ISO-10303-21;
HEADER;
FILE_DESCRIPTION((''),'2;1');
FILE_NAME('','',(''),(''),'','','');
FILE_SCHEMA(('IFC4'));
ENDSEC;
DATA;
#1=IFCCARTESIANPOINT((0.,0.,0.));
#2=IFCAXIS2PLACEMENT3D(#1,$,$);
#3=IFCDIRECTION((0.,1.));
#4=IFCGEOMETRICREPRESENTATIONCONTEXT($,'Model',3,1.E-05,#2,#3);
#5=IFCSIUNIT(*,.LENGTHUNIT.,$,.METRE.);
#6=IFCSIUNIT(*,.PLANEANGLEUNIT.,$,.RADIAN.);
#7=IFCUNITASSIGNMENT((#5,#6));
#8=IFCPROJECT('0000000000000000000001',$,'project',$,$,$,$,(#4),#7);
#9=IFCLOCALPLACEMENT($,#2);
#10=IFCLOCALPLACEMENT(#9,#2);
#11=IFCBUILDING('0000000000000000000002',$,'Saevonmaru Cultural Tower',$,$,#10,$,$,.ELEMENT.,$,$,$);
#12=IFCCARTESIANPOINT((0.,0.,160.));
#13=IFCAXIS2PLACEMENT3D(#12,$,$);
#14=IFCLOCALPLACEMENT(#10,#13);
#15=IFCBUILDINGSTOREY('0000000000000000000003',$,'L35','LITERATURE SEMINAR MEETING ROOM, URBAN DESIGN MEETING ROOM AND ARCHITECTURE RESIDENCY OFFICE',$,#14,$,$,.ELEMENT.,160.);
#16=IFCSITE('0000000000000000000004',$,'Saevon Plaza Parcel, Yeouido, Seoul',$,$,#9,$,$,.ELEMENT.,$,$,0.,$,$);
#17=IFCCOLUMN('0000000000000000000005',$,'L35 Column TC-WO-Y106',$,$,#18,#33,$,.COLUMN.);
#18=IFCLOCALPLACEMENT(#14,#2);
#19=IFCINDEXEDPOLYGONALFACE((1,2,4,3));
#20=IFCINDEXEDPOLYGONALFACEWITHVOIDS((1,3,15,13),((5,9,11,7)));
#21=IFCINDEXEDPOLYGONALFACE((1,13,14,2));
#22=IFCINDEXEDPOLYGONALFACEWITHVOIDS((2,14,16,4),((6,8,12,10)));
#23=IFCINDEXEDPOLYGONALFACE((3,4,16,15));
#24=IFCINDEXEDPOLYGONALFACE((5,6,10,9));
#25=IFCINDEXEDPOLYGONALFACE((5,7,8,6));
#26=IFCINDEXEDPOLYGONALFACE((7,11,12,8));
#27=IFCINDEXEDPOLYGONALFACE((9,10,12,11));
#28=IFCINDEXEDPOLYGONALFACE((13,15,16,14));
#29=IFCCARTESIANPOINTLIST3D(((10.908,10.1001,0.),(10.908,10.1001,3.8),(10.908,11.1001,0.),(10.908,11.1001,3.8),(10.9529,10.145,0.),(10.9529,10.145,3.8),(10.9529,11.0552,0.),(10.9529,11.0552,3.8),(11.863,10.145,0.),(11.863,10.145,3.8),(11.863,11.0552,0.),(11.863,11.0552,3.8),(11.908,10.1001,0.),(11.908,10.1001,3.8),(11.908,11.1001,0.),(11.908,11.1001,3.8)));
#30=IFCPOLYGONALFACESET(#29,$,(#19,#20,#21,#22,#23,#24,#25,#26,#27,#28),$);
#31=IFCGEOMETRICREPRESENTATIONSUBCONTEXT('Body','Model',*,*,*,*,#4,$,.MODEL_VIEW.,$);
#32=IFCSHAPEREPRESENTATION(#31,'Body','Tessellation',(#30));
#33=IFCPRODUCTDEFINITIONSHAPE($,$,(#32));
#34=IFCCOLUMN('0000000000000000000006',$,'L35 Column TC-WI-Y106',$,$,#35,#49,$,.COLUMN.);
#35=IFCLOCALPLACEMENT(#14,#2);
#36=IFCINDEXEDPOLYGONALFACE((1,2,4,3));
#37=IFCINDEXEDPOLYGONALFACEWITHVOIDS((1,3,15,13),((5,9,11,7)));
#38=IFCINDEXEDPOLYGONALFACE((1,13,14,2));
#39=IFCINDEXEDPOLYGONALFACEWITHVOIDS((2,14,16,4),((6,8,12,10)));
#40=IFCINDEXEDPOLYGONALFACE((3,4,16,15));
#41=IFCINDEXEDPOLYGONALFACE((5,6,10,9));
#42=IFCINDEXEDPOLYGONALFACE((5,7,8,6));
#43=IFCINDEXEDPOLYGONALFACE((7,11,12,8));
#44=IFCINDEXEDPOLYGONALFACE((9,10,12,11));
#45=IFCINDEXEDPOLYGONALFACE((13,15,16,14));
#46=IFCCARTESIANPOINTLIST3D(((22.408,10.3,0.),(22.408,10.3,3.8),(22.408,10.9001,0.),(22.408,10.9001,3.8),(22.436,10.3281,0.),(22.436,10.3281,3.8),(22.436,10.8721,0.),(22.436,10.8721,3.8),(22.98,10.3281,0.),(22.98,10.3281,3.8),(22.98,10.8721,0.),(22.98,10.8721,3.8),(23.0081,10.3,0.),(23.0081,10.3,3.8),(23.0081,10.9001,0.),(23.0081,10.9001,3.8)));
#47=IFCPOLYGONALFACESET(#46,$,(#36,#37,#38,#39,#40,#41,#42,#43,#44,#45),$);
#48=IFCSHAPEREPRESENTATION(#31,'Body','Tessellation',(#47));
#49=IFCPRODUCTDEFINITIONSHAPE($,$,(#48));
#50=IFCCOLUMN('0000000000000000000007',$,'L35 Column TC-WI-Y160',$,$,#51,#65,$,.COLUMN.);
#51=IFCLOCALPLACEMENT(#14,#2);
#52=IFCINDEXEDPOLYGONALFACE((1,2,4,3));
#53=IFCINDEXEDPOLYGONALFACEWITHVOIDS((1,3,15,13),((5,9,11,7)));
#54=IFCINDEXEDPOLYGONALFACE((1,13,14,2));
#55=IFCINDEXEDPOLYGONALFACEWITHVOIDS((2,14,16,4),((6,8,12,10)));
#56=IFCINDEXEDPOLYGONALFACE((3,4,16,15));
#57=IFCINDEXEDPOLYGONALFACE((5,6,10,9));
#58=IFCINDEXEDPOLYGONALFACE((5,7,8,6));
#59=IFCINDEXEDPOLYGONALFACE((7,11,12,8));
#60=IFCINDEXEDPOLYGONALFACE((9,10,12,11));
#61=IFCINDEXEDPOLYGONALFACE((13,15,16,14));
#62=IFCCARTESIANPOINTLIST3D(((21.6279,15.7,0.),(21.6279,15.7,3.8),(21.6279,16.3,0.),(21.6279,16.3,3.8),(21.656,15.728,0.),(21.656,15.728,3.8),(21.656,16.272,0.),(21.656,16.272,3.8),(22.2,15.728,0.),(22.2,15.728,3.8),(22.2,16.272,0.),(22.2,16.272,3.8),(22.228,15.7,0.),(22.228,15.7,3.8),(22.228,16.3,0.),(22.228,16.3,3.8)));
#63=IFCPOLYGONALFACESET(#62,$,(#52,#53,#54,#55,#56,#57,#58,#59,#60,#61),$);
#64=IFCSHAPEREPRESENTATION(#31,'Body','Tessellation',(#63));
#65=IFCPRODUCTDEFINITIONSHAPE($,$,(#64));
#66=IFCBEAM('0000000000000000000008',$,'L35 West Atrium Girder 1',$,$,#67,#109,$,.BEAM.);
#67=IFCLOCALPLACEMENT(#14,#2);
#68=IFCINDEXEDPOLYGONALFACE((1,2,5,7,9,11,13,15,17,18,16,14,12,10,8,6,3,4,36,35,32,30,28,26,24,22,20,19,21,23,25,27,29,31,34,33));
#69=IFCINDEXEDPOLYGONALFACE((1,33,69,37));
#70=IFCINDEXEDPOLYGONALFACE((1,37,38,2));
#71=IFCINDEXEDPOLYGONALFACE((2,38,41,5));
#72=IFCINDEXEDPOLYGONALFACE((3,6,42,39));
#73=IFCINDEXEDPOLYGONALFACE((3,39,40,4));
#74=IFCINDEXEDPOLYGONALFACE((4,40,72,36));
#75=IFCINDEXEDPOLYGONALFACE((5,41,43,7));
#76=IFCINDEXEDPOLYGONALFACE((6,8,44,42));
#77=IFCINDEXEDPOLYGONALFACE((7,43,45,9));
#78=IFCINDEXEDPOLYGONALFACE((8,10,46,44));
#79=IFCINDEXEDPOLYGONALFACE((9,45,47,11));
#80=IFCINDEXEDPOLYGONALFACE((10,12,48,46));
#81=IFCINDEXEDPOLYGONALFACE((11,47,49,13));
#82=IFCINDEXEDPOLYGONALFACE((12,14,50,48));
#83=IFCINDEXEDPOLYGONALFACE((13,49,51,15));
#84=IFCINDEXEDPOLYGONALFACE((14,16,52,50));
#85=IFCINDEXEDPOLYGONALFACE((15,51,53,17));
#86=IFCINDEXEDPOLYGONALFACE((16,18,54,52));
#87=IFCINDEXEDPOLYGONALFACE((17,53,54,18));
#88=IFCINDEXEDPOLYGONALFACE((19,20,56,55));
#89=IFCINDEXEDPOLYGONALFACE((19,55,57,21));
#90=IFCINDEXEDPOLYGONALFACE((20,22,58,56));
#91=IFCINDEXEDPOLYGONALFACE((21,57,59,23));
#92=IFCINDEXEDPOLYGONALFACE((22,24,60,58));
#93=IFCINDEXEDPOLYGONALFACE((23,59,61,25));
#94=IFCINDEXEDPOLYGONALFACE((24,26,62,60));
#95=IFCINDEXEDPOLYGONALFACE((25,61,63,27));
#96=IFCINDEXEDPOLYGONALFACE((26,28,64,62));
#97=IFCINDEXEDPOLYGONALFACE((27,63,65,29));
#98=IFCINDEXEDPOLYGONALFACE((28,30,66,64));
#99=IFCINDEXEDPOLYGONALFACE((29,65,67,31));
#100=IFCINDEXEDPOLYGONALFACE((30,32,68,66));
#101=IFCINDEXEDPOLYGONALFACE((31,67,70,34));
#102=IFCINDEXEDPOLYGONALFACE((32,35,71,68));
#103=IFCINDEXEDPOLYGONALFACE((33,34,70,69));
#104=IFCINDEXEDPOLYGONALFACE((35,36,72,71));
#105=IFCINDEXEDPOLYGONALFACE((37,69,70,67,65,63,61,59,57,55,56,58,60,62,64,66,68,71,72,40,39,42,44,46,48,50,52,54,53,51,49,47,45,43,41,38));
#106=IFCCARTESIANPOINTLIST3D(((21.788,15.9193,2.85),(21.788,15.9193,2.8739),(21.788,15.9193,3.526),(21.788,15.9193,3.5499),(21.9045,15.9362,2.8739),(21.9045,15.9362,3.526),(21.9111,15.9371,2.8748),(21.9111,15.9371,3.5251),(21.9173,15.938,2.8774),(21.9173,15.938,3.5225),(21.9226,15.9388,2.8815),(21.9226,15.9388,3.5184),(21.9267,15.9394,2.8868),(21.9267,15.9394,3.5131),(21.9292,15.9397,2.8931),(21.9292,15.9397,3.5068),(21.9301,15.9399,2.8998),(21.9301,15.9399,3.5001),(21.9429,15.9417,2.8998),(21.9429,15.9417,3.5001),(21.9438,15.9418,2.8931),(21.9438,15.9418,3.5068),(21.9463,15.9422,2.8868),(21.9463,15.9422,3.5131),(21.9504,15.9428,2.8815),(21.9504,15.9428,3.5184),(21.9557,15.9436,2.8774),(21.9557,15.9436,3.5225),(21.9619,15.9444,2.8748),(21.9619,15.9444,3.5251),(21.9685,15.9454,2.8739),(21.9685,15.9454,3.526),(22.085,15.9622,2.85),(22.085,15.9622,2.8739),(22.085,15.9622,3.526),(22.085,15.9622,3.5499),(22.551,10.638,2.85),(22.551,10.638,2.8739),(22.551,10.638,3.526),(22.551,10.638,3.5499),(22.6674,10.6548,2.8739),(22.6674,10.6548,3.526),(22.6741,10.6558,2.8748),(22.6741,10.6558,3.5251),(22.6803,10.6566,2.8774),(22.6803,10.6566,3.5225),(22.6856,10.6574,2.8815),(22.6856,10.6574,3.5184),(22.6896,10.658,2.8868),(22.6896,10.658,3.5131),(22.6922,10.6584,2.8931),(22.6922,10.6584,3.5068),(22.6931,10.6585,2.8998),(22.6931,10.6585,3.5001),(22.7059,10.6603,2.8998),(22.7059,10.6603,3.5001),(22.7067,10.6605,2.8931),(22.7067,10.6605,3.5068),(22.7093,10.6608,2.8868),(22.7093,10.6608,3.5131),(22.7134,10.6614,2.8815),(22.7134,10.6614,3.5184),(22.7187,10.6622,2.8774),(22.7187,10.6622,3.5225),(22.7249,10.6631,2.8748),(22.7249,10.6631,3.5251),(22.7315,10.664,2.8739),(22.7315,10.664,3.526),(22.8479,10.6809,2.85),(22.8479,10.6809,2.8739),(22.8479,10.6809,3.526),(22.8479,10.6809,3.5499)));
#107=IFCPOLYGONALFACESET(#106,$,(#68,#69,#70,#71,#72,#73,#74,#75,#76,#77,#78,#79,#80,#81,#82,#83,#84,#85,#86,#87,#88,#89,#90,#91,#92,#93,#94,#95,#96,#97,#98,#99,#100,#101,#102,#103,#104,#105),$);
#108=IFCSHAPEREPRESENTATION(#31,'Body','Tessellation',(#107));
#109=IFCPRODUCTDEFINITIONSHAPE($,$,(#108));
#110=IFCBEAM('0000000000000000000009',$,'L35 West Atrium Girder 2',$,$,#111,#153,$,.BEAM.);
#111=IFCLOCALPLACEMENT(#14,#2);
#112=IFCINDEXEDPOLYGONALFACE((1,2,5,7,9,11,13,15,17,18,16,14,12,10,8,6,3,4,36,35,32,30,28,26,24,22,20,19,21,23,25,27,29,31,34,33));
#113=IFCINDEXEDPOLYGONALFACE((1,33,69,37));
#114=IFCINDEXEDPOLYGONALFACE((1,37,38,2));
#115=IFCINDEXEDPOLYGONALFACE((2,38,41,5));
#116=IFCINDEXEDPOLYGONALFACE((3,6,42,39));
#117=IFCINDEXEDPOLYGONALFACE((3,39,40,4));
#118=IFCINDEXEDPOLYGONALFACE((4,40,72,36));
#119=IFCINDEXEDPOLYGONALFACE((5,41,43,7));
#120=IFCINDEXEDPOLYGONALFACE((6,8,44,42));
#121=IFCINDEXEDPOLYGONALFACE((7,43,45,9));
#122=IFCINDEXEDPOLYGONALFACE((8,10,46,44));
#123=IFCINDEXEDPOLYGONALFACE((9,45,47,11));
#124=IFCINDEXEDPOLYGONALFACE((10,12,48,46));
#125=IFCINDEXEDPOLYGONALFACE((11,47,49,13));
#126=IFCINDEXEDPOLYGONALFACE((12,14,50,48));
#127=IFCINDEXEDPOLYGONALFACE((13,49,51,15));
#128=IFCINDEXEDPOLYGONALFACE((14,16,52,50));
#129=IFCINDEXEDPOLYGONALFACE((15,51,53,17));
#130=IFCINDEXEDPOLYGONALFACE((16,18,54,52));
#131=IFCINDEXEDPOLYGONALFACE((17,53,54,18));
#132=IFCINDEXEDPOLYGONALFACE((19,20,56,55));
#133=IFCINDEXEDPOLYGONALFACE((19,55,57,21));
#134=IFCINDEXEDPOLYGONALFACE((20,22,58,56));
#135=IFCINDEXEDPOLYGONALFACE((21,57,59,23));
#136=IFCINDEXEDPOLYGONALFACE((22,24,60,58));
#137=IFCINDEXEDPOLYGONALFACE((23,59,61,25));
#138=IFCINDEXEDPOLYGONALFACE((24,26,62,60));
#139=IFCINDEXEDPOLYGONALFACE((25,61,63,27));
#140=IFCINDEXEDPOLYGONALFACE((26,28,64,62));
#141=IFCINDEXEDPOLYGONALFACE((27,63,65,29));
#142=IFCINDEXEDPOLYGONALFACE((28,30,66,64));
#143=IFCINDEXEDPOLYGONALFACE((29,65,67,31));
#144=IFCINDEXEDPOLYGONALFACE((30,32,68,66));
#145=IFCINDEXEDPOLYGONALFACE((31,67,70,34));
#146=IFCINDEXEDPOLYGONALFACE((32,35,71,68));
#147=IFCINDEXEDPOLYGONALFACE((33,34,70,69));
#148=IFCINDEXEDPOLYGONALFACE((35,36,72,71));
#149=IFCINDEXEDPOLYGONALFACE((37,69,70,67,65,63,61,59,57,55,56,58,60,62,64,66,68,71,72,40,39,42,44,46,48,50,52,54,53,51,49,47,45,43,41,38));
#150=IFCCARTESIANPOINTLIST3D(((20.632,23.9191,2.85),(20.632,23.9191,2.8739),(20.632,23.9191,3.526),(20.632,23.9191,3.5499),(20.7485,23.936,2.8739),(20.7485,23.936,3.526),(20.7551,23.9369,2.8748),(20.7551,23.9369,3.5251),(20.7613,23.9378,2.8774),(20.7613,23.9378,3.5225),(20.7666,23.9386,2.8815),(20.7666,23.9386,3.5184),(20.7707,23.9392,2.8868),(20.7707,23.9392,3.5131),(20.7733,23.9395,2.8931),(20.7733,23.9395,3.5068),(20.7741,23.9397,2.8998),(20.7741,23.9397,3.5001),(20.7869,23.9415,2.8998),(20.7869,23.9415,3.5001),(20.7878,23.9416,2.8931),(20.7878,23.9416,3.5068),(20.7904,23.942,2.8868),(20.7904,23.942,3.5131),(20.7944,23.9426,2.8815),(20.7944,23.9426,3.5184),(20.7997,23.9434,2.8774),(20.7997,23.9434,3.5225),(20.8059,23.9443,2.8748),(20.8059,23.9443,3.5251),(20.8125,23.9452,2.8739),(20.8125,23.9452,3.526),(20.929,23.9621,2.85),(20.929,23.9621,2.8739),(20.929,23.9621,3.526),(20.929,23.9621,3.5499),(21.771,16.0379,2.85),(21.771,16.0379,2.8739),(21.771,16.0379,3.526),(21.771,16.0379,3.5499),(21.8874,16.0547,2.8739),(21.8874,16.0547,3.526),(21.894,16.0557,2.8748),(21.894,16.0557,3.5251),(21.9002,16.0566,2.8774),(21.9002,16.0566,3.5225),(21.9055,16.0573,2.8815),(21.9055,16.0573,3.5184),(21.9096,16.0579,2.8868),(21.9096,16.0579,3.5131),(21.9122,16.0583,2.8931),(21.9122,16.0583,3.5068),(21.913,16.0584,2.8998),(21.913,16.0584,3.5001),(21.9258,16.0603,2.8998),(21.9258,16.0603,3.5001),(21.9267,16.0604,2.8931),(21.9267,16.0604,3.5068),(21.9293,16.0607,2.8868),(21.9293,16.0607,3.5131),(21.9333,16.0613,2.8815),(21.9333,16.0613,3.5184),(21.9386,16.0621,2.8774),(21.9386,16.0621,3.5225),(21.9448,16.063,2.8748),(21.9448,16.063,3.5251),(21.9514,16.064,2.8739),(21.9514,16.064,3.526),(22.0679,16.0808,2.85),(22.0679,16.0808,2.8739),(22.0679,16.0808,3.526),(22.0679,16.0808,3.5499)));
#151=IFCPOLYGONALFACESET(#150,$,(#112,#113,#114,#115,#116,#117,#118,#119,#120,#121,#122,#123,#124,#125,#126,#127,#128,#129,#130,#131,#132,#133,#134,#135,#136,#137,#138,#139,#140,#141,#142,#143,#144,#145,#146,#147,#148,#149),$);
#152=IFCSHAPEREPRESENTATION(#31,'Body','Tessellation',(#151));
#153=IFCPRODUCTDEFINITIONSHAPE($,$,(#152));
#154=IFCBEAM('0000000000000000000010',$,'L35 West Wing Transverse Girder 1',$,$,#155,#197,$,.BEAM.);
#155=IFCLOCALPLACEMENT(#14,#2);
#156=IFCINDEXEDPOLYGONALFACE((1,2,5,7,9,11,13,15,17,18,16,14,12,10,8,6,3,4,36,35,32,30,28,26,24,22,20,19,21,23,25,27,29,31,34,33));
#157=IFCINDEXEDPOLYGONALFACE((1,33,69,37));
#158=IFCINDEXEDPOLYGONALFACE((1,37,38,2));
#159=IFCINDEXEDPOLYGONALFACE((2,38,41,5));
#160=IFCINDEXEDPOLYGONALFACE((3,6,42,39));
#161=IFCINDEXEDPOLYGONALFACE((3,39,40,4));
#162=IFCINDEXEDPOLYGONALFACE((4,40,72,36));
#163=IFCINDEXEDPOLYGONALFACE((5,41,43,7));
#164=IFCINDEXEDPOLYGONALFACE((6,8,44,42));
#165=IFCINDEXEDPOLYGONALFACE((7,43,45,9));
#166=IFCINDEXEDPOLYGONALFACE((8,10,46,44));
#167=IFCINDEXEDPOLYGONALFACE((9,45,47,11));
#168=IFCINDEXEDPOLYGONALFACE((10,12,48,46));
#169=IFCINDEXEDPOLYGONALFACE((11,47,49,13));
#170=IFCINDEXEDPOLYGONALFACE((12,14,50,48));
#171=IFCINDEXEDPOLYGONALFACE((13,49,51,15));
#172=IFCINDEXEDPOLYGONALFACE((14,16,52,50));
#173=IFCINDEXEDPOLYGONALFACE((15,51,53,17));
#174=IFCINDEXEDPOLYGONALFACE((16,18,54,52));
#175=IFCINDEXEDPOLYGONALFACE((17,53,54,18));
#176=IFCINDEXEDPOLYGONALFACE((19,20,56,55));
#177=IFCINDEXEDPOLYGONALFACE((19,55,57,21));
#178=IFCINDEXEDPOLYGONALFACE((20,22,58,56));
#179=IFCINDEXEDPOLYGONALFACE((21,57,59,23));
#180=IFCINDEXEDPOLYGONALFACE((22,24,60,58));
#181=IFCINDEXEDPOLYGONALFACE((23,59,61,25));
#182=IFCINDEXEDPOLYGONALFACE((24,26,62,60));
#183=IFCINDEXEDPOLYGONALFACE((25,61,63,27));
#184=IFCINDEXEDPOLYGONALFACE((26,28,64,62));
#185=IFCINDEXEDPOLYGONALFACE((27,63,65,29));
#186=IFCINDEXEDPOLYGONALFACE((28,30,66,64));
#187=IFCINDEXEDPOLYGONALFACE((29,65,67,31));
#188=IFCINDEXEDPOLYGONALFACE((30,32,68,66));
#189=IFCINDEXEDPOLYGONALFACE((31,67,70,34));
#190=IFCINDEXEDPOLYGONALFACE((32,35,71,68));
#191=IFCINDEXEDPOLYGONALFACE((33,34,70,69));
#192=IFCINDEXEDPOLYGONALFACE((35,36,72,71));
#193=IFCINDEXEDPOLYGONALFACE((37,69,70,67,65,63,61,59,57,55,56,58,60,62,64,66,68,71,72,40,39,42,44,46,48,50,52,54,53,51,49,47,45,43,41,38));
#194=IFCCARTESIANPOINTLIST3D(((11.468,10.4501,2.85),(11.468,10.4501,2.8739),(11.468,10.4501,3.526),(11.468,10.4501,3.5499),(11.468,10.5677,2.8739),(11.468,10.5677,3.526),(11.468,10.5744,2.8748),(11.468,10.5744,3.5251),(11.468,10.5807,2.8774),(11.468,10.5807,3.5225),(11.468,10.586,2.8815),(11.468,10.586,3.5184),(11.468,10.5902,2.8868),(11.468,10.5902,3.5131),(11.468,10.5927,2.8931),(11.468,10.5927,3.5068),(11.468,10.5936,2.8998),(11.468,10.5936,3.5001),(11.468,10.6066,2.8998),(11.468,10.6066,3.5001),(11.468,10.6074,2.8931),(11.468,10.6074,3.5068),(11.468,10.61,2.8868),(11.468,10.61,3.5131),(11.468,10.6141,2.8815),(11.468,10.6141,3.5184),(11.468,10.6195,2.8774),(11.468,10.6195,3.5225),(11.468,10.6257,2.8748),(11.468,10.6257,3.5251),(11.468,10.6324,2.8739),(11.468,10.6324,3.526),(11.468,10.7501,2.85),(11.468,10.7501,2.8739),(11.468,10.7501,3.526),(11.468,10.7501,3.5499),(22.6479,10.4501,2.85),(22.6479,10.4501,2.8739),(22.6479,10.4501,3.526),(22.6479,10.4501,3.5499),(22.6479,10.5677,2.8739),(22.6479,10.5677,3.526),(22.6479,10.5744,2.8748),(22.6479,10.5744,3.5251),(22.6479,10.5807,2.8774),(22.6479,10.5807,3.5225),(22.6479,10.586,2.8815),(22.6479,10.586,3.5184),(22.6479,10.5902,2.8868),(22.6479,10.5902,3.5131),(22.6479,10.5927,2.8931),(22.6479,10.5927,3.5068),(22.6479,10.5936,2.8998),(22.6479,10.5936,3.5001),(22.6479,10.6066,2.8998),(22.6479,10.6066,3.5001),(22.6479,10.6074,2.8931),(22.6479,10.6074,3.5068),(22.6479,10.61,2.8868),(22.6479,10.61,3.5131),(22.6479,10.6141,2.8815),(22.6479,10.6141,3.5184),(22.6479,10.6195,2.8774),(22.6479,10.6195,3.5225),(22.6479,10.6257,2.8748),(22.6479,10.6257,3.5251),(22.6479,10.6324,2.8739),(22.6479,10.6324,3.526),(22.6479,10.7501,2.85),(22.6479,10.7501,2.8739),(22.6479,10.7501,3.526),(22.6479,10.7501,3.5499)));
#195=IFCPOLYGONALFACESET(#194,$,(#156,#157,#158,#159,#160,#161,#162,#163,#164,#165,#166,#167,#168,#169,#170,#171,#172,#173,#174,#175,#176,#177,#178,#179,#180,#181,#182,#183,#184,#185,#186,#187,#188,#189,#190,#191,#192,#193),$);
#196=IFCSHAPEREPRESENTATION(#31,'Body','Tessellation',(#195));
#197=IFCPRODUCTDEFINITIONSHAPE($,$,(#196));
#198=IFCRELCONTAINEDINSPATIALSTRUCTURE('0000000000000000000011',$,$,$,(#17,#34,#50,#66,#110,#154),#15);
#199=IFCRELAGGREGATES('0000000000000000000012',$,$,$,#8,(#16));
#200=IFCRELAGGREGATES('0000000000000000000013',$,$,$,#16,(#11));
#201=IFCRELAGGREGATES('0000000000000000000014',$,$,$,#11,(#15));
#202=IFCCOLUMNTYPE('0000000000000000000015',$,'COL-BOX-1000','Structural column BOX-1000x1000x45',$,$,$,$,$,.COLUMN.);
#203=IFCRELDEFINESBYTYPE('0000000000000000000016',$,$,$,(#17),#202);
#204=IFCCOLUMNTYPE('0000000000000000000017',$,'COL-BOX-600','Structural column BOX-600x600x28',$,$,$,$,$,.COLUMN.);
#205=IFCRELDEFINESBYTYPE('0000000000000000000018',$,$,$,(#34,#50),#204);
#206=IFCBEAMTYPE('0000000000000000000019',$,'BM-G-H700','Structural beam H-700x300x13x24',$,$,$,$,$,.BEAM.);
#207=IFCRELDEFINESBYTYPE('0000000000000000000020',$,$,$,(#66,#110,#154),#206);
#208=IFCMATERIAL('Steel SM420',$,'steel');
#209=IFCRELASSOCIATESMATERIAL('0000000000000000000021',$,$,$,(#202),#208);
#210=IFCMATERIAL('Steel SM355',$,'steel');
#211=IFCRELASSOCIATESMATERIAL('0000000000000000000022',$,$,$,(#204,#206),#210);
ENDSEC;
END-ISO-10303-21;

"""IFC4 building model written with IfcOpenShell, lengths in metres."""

from ifc_helpers import new_model, si_unit, direction, frame, origin, origin_2d, place, context, subcontext, project, spatial, hollow_rectangle, i_section, extrude, material, material_profile, profile_set, type_object, element, save


model = new_model("IFC4")

# Units and contexts
model_context = context("Model", 3, precision=1e-05, world=origin(), true_north=direction((0.0, 1.0)))
body_context = subcontext(model_context, "Body", "Model", "MODEL_VIEW")
ifc_project = project(units=[si_unit("LENGTHUNIT", "METRE"), si_unit("PLANEANGLEUNIT", "RADIAN")], contexts=[model_context])

# Site, building, storey
site_placement = place(None, origin())
site = spatial("IfcSite", under=ifc_project, at=site_placement, Name="Saevon Plaza Parcel, Yeouido, Seoul", CompositionType="ELEMENT", RefElevation=0.0)
building_placement = place(site_placement, origin())
building = spatial("IfcBuilding", under=site, at=building_placement, Name="Saevonmaru Cultural Tower", CompositionType="ELEMENT")
storey_placement = place(building_placement, frame((0.0, 0.0, 160.0)))
storey = spatial("IfcBuildingStorey", under=building, at=storey_placement, Name="L35", Description="LITERATURE SEMINAR MEETING ROOM, URBAN DESIGN MEETING ROOM AND ARCHITECTURE RESIDENCY OFFICE", CompositionType="ELEMENT", Elevation=160.0)

# Columns
ifc_material_1 = material(Name="Steel SM420", Category="steel")
ifc_material_profile_1 = material_profile(ifc_material_1, hollow_rectangle(XDim=1.0, YDim=1.0, WallThickness=0.0449, at=origin_2d()), Name="BOX-1000x1000x45")
ifc_profile_set_1 = profile_set([ifc_material_profile_1], Name="Steel SM420")
column_type_1 = type_object("IfcColumnType", Name="COL-BOX-1000", Description="Structural column BOX-1000x1000x45", PredefinedType="COLUMN", material=ifc_profile_set_1)
column_placement = place(storey_placement, frame((11.408, 10.6001, 0.0), z_axis=(0.0, 0.0, 1.0), x_axis=(1.0, 0.0, 0.0)))
element("IfcColumn", 1, at=column_placement, inside=storey, type_object=column_type_1, Name="L35 Column TC-WO-Y106", PredefinedType="COLUMN", context=body_context, shape_type="SweptSolid", body=[
    extrude(hollow_rectangle(XDim=1.0, YDim=1.0, WallThickness=0.0449, at=origin_2d()), origin(), (0.0, 0.0, 1.0), 3.8),
])
ifc_material_2 = material(Name="Steel SM355", Category="steel")
ifc_material_profile_2 = material_profile(ifc_material_2, hollow_rectangle(XDim=0.6001, YDim=0.6001, WallThickness=0.0281, at=origin_2d()), Name="BOX-600x600x28")
ifc_profile_set_2 = profile_set([ifc_material_profile_2], Name="Steel SM355")
column_type_2 = type_object("IfcColumnType", Name="COL-BOX-600", Description="Structural column BOX-600x600x28", PredefinedType="COLUMN", material=ifc_profile_set_2)
for number, where, z_axis, x_axis, name in (
    (2, (22.708, 10.6001, 0.0), (0.0, 0.0, 1.0), (1.0, 0.0, 0.0), "L35 Column TC-WI-Y106"),
    (3, (21.928, 16.0, 0.0), (0.0, 0.0, 1.0), (1.0, 0.0, 0.0), "L35 Column TC-WI-Y160"),
):
    element("IfcColumn", number, at=place(storey_placement, frame(where, z_axis=z_axis, x_axis=x_axis)), inside=storey, type_object=column_type_2, Name=name, PredefinedType="COLUMN", context=body_context, shape_type="SweptSolid", body=[
        extrude(hollow_rectangle(XDim=0.6001, YDim=0.6001, WallThickness=0.0281, at=origin_2d()), origin(), (0.0, 0.0, 1.0), 3.8),
    ])

# Beams
ifc_material_profile_3 = material_profile(ifc_material_2, i_section(OverallWidth=0.3, OverallDepth=0.7, WebThickness=0.0129, FlangeThickness=0.0239, FilletRadius=0.0259, at=origin_2d()), Name="H-700x300x13x24")
ifc_profile_set_3 = profile_set([ifc_material_profile_3], Name="Steel SM355")
beam_type_1 = type_object("IfcBeamType", Name="BM-G-H700", Description="Structural beam H-700x300x13x24", PredefinedType="BEAM", material=ifc_profile_set_3)
beam_1_placement = place(storey_placement, frame((22.6995, 10.6594, 3.2), z_axis=(-0.142978, 0.989726, 0.0), x_axis=(-0.989726, -0.142978, 0.0)))
element("IfcBeam", 4, at=beam_1_placement, inside=storey, type_object=beam_type_1, Name="L35 West Atrium Girder 1", PredefinedType="BEAM", context=body_context, shape_type="SweptSolid", body=[
    extrude(i_section(OverallWidth=0.3, OverallDepth=0.7, WebThickness=0.0129, FlangeThickness=0.0239, FilletRadius=0.0259, at=origin_2d()), origin(), (0.0, 0.0, 1.0), 5.3362),
])
beam_2_placement = place(storey_placement, frame((21.9194, 16.0593, 3.2), z_axis=(-0.143022, 0.989719, 0.0), x_axis=(-0.989719, -0.143022, 0.0)))
element("IfcBeam", 5, at=beam_2_placement, inside=storey, type_object=beam_type_1, Name="L35 West Atrium Girder 2", PredefinedType="BEAM", context=body_context, shape_type="SweptSolid", body=[
    extrude(i_section(OverallWidth=0.3, OverallDepth=0.7, WebThickness=0.0129, FlangeThickness=0.0239, FilletRadius=0.0259, at=origin_2d()), origin(), (0.0, 0.0, 1.0), 7.9631),
])
for number, where, z_axis, x_axis, name in (
    (6, (11.468, 10.6001, 3.2), (1.0, 0.0, 0.0), (0.0, 1.0, 0.0), "L35 West Wing Transverse Girder 1"),
):
    element("IfcBeam", number, at=place(storey_placement, frame(where, z_axis=z_axis, x_axis=x_axis)), inside=storey, type_object=beam_type_1, Name=name, PredefinedType="BEAM", context=body_context, shape_type="SweptSolid", body=[
        extrude(i_section(OverallWidth=0.3, OverallDepth=0.7, WebThickness=0.0129, FlangeThickness=0.0239, FilletRadius=0.0259, at=origin_2d()), origin(), (0.0, 0.0, 1.0), 11.1799),
    ])

save(model, "model.ifc")
